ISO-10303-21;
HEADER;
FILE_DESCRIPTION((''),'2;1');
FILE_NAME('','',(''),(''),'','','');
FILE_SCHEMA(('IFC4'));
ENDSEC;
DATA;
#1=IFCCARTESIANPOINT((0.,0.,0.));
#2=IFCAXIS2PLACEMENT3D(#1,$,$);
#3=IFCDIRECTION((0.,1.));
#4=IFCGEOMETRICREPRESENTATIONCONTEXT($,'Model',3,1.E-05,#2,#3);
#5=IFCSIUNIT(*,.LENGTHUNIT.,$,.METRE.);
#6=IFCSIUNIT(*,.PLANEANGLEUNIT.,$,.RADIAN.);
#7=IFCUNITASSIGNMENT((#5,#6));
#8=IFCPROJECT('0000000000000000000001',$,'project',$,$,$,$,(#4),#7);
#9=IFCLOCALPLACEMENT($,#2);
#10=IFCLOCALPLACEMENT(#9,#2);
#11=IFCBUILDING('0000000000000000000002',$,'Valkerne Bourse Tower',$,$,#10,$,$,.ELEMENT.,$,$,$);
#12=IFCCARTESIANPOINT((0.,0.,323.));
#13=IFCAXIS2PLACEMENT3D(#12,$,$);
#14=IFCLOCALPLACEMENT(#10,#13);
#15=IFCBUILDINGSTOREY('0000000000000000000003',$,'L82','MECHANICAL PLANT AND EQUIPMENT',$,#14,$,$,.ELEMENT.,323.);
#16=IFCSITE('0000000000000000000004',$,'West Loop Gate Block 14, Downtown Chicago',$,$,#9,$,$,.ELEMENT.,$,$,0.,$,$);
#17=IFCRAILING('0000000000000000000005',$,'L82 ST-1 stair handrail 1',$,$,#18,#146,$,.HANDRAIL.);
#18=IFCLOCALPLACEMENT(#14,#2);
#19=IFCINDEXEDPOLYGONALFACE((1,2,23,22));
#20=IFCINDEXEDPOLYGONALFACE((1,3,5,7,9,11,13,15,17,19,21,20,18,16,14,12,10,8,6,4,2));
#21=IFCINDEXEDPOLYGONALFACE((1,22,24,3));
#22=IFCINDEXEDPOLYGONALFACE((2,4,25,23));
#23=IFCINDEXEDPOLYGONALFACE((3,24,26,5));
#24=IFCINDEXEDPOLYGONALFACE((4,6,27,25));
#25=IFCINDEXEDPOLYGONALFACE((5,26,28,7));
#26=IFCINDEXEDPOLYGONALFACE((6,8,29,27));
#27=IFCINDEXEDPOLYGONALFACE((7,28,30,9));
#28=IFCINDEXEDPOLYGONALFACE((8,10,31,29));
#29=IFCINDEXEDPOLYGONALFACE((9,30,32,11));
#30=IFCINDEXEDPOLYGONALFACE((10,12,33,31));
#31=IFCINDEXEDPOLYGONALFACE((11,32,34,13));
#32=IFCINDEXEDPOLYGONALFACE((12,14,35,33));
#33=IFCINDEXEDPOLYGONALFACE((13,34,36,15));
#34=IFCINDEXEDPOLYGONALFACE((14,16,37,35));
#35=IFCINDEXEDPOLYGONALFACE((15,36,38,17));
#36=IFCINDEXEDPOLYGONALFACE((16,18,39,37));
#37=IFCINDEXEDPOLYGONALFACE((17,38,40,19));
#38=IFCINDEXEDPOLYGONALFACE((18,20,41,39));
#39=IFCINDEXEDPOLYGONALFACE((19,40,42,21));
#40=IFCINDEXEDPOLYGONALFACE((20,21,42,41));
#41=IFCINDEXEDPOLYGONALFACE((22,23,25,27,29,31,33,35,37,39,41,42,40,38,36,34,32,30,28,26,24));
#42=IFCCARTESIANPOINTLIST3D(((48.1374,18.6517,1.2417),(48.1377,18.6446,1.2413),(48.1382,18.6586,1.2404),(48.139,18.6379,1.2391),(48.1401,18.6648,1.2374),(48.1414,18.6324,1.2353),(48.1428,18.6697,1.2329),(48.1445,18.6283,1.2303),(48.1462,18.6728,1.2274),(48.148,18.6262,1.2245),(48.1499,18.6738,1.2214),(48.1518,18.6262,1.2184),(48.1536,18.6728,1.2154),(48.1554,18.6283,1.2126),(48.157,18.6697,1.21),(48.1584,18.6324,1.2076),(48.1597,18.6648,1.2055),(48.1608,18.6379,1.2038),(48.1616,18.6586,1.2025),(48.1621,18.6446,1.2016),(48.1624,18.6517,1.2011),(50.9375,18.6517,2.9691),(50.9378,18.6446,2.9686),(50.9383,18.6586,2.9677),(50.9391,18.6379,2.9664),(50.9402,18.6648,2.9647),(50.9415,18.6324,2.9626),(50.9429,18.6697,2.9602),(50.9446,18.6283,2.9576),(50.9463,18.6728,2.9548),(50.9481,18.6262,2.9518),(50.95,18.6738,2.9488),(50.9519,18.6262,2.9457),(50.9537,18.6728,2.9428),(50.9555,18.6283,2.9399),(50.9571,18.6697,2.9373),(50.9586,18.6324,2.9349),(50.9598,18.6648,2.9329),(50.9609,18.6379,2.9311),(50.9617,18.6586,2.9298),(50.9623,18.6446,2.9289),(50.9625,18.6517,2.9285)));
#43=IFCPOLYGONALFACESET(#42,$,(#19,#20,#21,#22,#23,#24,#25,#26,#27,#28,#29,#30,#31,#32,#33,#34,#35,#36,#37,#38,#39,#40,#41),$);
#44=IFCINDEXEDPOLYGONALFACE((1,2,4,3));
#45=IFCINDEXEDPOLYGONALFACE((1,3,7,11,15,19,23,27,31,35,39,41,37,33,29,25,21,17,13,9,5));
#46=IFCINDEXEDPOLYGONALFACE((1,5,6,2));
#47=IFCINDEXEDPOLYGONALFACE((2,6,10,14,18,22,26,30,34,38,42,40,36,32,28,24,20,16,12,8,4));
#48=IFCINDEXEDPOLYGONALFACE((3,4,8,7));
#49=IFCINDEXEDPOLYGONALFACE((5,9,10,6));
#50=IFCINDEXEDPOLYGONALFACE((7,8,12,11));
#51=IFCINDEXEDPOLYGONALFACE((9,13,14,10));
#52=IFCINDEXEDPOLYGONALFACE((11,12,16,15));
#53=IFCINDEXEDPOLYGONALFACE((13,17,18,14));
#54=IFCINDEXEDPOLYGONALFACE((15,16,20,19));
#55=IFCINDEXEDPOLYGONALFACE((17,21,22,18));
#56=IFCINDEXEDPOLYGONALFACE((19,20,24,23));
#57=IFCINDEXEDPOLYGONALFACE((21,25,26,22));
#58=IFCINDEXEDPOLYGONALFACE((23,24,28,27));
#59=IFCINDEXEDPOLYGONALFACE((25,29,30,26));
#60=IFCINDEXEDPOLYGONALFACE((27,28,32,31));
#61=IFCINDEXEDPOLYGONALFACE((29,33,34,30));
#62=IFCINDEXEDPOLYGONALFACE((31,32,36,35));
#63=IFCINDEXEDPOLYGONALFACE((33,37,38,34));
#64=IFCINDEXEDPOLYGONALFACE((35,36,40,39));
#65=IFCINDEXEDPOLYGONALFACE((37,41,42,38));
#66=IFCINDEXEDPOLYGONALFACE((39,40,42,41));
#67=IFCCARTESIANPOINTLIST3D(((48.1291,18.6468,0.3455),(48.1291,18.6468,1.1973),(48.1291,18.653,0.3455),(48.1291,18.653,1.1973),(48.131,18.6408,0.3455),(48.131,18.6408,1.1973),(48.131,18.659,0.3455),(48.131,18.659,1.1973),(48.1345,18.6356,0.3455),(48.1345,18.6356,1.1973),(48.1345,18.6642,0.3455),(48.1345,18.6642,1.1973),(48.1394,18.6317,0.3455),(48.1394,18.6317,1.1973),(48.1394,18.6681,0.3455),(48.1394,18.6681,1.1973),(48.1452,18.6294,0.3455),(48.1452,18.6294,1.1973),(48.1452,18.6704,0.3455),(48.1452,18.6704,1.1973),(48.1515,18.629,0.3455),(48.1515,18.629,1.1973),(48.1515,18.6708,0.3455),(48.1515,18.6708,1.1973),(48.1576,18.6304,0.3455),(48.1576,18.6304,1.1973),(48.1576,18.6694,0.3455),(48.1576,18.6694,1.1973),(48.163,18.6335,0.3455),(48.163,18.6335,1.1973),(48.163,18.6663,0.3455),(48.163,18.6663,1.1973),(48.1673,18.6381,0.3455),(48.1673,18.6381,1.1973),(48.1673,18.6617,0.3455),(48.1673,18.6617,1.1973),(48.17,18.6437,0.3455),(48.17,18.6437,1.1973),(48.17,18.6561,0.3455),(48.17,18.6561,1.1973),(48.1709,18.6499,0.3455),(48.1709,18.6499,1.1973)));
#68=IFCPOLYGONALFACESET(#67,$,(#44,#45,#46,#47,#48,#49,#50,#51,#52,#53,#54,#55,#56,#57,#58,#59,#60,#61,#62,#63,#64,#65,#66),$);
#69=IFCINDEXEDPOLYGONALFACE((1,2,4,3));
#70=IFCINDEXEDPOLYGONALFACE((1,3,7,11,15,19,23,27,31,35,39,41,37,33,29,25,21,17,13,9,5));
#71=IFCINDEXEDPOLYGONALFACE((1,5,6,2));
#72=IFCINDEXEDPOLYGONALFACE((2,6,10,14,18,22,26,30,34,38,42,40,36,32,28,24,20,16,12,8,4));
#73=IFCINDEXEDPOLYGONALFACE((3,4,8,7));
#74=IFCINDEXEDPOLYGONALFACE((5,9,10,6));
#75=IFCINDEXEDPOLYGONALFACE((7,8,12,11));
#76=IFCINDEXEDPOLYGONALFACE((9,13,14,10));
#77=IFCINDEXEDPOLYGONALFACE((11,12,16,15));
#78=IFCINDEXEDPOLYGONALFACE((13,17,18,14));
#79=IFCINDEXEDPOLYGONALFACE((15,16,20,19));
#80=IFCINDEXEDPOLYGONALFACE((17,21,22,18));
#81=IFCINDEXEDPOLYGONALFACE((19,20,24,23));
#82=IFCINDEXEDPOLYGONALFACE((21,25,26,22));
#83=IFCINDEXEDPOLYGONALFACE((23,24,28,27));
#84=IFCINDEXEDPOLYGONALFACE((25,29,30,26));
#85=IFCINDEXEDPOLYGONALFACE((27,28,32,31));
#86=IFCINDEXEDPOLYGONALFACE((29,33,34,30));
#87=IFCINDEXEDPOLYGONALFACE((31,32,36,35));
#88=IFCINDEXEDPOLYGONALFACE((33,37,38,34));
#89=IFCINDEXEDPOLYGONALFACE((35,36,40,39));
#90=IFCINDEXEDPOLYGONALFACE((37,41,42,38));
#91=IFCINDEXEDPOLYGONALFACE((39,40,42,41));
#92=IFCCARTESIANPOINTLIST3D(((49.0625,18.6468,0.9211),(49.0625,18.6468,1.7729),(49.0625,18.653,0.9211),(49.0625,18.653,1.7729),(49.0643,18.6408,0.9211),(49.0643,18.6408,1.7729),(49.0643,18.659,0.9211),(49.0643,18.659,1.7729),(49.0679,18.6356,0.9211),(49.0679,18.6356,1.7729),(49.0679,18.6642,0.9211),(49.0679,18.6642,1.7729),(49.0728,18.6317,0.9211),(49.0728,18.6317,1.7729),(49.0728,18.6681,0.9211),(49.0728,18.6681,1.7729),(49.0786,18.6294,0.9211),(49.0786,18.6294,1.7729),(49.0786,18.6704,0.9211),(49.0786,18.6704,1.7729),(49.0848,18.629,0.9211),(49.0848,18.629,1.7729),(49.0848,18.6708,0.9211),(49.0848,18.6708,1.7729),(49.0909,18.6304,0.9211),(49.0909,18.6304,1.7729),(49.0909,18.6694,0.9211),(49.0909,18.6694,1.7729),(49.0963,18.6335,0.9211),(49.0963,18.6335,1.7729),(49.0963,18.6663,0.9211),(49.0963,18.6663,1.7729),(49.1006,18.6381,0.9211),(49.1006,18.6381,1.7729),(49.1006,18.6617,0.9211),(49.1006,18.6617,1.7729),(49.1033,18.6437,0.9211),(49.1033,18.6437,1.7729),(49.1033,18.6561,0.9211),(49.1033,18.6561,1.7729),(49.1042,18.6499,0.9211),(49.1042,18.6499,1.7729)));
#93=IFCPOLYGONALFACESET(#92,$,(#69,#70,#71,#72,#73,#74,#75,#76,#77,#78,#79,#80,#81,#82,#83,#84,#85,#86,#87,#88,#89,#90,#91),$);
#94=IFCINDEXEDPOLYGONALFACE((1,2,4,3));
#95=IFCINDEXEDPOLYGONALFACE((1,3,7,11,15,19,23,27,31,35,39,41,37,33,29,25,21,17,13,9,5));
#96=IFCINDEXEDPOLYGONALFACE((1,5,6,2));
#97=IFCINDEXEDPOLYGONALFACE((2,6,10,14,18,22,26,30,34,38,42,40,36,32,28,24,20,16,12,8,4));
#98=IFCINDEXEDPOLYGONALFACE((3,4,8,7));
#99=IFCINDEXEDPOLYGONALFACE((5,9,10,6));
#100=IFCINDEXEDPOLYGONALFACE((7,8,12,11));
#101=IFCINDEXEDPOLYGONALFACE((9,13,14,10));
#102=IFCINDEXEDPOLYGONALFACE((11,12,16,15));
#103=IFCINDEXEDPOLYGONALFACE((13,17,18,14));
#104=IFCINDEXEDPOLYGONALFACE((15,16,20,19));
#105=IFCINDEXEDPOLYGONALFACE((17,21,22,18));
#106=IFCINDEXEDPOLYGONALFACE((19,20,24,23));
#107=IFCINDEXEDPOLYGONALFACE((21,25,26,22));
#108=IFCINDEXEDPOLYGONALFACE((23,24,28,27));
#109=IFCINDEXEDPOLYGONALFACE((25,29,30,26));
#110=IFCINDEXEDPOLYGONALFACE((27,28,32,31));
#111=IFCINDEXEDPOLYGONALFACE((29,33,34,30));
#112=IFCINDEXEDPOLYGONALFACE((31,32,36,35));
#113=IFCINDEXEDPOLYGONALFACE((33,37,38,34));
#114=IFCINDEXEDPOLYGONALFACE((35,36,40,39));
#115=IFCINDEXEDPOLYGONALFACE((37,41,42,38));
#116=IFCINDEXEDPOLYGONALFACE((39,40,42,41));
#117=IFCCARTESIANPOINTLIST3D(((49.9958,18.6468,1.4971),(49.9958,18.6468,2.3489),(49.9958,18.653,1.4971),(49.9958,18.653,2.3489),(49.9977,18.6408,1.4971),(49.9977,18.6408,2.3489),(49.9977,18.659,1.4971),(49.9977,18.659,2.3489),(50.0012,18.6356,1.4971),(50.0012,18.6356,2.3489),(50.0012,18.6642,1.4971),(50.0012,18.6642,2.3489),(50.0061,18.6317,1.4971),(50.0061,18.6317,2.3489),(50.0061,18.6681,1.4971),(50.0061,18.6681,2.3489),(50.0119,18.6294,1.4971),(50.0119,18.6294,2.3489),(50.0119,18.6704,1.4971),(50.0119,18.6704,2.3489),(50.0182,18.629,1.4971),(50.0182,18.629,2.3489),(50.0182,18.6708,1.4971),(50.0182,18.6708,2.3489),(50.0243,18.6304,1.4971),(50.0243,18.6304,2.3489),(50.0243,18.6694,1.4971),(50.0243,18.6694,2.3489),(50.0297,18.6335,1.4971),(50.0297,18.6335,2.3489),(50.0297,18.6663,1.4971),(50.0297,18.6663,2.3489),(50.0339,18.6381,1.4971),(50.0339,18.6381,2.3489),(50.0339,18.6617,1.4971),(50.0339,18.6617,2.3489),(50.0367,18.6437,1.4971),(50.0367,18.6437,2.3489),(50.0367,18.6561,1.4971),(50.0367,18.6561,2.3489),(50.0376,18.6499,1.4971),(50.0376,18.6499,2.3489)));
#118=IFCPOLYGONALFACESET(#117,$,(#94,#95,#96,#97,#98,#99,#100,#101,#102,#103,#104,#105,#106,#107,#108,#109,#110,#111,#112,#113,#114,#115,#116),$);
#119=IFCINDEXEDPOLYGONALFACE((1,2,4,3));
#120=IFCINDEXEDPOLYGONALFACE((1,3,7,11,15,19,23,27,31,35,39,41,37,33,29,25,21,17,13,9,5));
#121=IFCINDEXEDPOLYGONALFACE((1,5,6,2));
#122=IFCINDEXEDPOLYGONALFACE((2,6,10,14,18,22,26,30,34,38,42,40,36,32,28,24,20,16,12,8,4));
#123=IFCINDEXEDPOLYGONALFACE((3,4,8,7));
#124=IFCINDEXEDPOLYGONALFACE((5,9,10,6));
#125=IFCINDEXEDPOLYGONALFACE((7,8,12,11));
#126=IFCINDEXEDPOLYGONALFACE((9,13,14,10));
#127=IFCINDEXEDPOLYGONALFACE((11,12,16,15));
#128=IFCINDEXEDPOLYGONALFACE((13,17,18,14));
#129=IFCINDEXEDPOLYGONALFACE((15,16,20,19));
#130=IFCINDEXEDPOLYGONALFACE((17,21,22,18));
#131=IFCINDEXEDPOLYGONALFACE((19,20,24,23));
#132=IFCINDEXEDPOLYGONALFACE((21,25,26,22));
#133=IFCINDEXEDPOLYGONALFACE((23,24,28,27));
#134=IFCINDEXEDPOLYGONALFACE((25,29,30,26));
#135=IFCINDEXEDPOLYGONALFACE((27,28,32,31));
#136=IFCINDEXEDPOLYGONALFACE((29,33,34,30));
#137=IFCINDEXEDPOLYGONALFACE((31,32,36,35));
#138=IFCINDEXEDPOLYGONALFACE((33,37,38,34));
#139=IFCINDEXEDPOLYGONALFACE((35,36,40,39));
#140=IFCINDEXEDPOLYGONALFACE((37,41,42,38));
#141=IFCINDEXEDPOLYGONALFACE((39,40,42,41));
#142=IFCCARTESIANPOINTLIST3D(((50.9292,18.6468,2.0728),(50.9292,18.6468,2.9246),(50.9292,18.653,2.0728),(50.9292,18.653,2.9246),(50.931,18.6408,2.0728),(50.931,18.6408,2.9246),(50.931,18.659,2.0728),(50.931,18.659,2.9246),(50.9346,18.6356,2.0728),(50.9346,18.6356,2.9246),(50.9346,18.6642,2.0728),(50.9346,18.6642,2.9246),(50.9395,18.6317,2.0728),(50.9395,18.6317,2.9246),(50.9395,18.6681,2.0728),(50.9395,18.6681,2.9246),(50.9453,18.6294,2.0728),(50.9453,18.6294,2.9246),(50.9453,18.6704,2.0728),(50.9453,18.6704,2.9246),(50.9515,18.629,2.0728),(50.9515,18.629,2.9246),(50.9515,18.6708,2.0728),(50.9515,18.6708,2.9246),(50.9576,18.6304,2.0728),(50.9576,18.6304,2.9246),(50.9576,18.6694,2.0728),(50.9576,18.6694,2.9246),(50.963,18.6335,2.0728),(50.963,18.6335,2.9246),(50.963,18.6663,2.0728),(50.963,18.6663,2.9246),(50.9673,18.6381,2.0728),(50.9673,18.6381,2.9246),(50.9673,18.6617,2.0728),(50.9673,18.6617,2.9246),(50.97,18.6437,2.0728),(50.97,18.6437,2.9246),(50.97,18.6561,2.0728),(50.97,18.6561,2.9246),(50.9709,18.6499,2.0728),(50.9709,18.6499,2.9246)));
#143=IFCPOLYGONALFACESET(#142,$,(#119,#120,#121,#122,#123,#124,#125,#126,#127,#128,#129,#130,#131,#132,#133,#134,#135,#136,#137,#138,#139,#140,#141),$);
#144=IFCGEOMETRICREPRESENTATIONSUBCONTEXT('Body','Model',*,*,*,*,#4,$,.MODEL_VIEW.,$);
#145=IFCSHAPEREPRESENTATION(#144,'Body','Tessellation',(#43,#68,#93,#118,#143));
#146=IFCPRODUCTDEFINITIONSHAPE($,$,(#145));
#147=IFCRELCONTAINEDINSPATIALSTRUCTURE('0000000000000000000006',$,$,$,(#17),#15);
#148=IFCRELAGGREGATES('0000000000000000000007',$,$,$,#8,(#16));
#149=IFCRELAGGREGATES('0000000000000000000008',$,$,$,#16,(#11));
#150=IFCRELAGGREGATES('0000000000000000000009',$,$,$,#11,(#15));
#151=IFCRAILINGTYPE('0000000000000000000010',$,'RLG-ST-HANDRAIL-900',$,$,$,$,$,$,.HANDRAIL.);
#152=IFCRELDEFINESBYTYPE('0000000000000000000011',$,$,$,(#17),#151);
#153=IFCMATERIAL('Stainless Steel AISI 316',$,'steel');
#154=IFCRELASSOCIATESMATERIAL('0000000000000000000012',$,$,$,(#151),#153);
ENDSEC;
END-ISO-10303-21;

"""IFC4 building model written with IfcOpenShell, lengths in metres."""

from ifc_helpers import new_model, si_unit, direction, frame, origin, origin_2d, place, context, subcontext, project, spatial, circle, extrude, material, type_object, element, save


model = new_model("IFC4")

# Units and contexts
model_context = context("Model", 3, precision=1e-05, world=origin(), true_north=direction((0.0, 1.0)))
body_context = subcontext(model_context, "Body", "Model", "MODEL_VIEW")
ifc_project = project(units=[si_unit("LENGTHUNIT", "METRE"), si_unit("PLANEANGLEUNIT", "RADIAN")], contexts=[model_context])

# Site, building, storey
site_placement = place(None, origin())
site = spatial("IfcSite", under=ifc_project, at=site_placement, Name="West Loop Gate Block 14, Downtown Chicago", CompositionType="ELEMENT", RefElevation=0.0)
building_placement = place(site_placement, origin())
building = spatial("IfcBuilding", under=site, at=building_placement, Name="Valkerne Bourse Tower", CompositionType="ELEMENT")
storey_placement = place(building_placement, frame((0.0, 0.0, 323.0)))
storey = spatial("IfcBuildingStorey", under=building, at=storey_placement, Name="L82", Description="MECHANICAL PLANT AND EQUIPMENT", CompositionType="ELEMENT", Elevation=323.0)

# Shared definitions
ifc_material_1 = material(Name="Stainless Steel AISI 316", Category="steel")

# Railing
railing_type_1 = type_object("IfcRailingType", Name="RLG-ST-HANDRAIL-900", PredefinedType="HANDRAIL", material=ifc_material_1)
railing_1_placement = place(storey_placement, frame((48.1499, 18.6499, 0.3455)))
element("IfcRailing", 1, at=railing_1_placement, inside=storey, type_object=railing_type_1, Name="L82 ST-1 stair handrail 1", PredefinedType="HANDRAIL", context=body_context, shape_type="SweptSolid", body=[
    extrude(circle(Radius=0.0239, at=origin_2d()), frame((0.0, 0.0, 0.876), z_axis=(0.85109, 0.0, 0.52502), x_axis=(0.0, 1.0, 0.0)), (0.0, 0.0, 1.0), 3.29),
    extrude(circle(Radius=0.021, at=origin_2d()), origin(), (0.0, 0.0, 1.0), 0.8518),
    extrude(circle(Radius=0.021, at=origin_2d()), frame((0.9333, 0.0, 0.5757)), (0.0, 0.0, 1.0), 0.8518),
    extrude(circle(Radius=0.021, at=origin_2d()), frame((1.8667, 0.0, 1.1516)), (0.0, 0.0, 1.0), 0.8518),
    extrude(circle(Radius=0.021, at=origin_2d()), frame((2.8, 0.0, 1.7273)), (0.0, 0.0, 1.0), 0.8518),
])

save(model, "model.ifc")
